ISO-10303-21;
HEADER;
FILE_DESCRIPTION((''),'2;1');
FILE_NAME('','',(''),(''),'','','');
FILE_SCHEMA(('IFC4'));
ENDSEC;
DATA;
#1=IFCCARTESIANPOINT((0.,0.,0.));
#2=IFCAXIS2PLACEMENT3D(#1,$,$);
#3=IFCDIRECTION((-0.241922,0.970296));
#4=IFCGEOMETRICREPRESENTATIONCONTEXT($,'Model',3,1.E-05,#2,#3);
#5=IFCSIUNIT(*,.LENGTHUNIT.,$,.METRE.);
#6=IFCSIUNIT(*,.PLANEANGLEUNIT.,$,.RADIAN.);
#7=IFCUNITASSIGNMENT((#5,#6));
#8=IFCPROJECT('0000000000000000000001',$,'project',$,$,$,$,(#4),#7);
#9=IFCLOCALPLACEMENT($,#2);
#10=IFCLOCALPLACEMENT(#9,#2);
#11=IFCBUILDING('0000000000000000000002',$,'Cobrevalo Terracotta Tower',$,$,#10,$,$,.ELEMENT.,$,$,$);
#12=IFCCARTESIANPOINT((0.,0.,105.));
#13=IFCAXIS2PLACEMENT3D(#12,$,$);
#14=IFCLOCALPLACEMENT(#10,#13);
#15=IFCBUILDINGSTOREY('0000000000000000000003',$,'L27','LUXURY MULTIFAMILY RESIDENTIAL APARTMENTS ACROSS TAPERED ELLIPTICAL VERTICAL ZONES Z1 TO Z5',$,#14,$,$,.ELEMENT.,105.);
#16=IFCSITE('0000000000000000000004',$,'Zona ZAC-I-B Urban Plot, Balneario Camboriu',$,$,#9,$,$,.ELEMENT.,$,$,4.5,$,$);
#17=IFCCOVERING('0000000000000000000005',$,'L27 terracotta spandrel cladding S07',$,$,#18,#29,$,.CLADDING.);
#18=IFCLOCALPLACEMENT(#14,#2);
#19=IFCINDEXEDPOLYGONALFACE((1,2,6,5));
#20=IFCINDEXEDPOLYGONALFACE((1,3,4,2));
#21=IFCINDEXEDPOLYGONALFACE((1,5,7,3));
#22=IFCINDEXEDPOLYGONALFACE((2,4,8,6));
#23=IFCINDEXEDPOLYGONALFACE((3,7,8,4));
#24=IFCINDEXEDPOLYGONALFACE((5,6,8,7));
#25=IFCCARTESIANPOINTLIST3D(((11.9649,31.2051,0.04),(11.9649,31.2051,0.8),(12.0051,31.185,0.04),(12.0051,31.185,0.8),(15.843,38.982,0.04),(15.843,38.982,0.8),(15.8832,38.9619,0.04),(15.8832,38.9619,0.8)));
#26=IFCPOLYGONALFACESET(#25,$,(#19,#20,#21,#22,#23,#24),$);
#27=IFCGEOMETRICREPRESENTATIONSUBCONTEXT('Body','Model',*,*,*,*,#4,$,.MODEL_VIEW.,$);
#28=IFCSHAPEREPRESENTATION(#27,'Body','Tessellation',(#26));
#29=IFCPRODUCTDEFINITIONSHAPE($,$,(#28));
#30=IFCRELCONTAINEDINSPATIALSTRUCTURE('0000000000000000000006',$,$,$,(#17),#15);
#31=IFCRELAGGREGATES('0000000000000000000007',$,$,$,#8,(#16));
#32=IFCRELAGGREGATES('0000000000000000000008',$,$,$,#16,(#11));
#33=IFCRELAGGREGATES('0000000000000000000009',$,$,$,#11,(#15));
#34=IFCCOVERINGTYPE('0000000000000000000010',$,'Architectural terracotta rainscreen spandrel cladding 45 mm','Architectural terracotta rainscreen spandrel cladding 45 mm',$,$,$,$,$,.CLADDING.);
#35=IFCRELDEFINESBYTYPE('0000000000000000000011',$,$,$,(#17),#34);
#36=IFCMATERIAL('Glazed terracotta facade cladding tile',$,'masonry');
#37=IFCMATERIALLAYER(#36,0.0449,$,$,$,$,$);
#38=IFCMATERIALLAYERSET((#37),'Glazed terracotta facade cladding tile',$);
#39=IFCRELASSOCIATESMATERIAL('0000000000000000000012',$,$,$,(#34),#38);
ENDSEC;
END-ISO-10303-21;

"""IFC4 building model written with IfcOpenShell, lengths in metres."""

from ifc_helpers import new_model, si_unit, direction, frame, origin, origin_2d, place, context, subcontext, project, spatial, rectangle, extrude, source, transform, mapped, material, layer, layer_set, type_object, element, save


model = new_model("IFC4")

# Units and contexts
model_context = context("Model", 3, precision=1e-05, world=origin(), true_north=direction((-0.241922, 0.970296)))
body_context = subcontext(model_context, "Body", "Model", "MODEL_VIEW")
ifc_project = project(units=[si_unit("LENGTHUNIT", "METRE"), si_unit("PLANEANGLEUNIT", "RADIAN")], contexts=[model_context])

# Site, building, storey
site_placement = place(None, origin())
site = spatial("IfcSite", under=ifc_project, at=site_placement, Name="Zona ZAC-I-B Urban Plot, Balneario Camboriu", CompositionType="ELEMENT", RefElevation=4.5)
building_placement = place(site_placement, origin())
building = spatial("IfcBuilding", under=site, at=building_placement, Name="Cobrevalo Terracotta Tower", CompositionType="ELEMENT")
storey_placement = place(building_placement, frame((0.0, 0.0, 105.0)))
storey = spatial("IfcBuildingStorey", under=building, at=storey_placement, Name="L27", Description="LUXURY MULTIFAMILY RESIDENTIAL APARTMENTS ACROSS TAPERED ELLIPTICAL VERTICAL ZONES Z1 TO Z5", CompositionType="ELEMENT", Elevation=105.0)

# Covering
ifc_material_1 = material(Name="Glazed terracotta facade cladding tile", Category="masonry")
ifc_layer_1 = layer(ifc_material_1, 0.0449)
ifc_layer_set_1 = layer_set([ifc_layer_1], Name="Glazed terracotta facade cladding tile")
covering_type = type_object("IfcCoveringType", Name="Architectural terracotta rainscreen spandrel cladding 45 mm", Description="Architectural terracotta rainscreen spandrel cladding 45 mm", PredefinedType="CLADDING", material=ifc_layer_set_1)
shared_shape_1 = source(origin(), body_context, "Body", "SweptSolid", [
    extrude(rectangle(XDim=8.6902, YDim=0.0449, at=origin_2d()), origin(), (0.0, 0.0, 1.0), 0.76),
])
covering_placement = place(storey_placement, frame((13.9241, 35.0835, 0.04), z_axis=(0.0, 0.0, 1.0), x_axis=(-0.446262, -0.894902, 0.0)))
element("IfcCovering", 1, at=covering_placement, inside=storey, type_object=covering_type, Name="L27 terracotta spandrel cladding S07", PredefinedType="CLADDING", context=body_context, shape_type="MappedRepresentation", body=[
    mapped(shared_shape_1, transform((0.0, 0.0, 0.0), scale=1.0)),
])

save(model, "model.ifc")
